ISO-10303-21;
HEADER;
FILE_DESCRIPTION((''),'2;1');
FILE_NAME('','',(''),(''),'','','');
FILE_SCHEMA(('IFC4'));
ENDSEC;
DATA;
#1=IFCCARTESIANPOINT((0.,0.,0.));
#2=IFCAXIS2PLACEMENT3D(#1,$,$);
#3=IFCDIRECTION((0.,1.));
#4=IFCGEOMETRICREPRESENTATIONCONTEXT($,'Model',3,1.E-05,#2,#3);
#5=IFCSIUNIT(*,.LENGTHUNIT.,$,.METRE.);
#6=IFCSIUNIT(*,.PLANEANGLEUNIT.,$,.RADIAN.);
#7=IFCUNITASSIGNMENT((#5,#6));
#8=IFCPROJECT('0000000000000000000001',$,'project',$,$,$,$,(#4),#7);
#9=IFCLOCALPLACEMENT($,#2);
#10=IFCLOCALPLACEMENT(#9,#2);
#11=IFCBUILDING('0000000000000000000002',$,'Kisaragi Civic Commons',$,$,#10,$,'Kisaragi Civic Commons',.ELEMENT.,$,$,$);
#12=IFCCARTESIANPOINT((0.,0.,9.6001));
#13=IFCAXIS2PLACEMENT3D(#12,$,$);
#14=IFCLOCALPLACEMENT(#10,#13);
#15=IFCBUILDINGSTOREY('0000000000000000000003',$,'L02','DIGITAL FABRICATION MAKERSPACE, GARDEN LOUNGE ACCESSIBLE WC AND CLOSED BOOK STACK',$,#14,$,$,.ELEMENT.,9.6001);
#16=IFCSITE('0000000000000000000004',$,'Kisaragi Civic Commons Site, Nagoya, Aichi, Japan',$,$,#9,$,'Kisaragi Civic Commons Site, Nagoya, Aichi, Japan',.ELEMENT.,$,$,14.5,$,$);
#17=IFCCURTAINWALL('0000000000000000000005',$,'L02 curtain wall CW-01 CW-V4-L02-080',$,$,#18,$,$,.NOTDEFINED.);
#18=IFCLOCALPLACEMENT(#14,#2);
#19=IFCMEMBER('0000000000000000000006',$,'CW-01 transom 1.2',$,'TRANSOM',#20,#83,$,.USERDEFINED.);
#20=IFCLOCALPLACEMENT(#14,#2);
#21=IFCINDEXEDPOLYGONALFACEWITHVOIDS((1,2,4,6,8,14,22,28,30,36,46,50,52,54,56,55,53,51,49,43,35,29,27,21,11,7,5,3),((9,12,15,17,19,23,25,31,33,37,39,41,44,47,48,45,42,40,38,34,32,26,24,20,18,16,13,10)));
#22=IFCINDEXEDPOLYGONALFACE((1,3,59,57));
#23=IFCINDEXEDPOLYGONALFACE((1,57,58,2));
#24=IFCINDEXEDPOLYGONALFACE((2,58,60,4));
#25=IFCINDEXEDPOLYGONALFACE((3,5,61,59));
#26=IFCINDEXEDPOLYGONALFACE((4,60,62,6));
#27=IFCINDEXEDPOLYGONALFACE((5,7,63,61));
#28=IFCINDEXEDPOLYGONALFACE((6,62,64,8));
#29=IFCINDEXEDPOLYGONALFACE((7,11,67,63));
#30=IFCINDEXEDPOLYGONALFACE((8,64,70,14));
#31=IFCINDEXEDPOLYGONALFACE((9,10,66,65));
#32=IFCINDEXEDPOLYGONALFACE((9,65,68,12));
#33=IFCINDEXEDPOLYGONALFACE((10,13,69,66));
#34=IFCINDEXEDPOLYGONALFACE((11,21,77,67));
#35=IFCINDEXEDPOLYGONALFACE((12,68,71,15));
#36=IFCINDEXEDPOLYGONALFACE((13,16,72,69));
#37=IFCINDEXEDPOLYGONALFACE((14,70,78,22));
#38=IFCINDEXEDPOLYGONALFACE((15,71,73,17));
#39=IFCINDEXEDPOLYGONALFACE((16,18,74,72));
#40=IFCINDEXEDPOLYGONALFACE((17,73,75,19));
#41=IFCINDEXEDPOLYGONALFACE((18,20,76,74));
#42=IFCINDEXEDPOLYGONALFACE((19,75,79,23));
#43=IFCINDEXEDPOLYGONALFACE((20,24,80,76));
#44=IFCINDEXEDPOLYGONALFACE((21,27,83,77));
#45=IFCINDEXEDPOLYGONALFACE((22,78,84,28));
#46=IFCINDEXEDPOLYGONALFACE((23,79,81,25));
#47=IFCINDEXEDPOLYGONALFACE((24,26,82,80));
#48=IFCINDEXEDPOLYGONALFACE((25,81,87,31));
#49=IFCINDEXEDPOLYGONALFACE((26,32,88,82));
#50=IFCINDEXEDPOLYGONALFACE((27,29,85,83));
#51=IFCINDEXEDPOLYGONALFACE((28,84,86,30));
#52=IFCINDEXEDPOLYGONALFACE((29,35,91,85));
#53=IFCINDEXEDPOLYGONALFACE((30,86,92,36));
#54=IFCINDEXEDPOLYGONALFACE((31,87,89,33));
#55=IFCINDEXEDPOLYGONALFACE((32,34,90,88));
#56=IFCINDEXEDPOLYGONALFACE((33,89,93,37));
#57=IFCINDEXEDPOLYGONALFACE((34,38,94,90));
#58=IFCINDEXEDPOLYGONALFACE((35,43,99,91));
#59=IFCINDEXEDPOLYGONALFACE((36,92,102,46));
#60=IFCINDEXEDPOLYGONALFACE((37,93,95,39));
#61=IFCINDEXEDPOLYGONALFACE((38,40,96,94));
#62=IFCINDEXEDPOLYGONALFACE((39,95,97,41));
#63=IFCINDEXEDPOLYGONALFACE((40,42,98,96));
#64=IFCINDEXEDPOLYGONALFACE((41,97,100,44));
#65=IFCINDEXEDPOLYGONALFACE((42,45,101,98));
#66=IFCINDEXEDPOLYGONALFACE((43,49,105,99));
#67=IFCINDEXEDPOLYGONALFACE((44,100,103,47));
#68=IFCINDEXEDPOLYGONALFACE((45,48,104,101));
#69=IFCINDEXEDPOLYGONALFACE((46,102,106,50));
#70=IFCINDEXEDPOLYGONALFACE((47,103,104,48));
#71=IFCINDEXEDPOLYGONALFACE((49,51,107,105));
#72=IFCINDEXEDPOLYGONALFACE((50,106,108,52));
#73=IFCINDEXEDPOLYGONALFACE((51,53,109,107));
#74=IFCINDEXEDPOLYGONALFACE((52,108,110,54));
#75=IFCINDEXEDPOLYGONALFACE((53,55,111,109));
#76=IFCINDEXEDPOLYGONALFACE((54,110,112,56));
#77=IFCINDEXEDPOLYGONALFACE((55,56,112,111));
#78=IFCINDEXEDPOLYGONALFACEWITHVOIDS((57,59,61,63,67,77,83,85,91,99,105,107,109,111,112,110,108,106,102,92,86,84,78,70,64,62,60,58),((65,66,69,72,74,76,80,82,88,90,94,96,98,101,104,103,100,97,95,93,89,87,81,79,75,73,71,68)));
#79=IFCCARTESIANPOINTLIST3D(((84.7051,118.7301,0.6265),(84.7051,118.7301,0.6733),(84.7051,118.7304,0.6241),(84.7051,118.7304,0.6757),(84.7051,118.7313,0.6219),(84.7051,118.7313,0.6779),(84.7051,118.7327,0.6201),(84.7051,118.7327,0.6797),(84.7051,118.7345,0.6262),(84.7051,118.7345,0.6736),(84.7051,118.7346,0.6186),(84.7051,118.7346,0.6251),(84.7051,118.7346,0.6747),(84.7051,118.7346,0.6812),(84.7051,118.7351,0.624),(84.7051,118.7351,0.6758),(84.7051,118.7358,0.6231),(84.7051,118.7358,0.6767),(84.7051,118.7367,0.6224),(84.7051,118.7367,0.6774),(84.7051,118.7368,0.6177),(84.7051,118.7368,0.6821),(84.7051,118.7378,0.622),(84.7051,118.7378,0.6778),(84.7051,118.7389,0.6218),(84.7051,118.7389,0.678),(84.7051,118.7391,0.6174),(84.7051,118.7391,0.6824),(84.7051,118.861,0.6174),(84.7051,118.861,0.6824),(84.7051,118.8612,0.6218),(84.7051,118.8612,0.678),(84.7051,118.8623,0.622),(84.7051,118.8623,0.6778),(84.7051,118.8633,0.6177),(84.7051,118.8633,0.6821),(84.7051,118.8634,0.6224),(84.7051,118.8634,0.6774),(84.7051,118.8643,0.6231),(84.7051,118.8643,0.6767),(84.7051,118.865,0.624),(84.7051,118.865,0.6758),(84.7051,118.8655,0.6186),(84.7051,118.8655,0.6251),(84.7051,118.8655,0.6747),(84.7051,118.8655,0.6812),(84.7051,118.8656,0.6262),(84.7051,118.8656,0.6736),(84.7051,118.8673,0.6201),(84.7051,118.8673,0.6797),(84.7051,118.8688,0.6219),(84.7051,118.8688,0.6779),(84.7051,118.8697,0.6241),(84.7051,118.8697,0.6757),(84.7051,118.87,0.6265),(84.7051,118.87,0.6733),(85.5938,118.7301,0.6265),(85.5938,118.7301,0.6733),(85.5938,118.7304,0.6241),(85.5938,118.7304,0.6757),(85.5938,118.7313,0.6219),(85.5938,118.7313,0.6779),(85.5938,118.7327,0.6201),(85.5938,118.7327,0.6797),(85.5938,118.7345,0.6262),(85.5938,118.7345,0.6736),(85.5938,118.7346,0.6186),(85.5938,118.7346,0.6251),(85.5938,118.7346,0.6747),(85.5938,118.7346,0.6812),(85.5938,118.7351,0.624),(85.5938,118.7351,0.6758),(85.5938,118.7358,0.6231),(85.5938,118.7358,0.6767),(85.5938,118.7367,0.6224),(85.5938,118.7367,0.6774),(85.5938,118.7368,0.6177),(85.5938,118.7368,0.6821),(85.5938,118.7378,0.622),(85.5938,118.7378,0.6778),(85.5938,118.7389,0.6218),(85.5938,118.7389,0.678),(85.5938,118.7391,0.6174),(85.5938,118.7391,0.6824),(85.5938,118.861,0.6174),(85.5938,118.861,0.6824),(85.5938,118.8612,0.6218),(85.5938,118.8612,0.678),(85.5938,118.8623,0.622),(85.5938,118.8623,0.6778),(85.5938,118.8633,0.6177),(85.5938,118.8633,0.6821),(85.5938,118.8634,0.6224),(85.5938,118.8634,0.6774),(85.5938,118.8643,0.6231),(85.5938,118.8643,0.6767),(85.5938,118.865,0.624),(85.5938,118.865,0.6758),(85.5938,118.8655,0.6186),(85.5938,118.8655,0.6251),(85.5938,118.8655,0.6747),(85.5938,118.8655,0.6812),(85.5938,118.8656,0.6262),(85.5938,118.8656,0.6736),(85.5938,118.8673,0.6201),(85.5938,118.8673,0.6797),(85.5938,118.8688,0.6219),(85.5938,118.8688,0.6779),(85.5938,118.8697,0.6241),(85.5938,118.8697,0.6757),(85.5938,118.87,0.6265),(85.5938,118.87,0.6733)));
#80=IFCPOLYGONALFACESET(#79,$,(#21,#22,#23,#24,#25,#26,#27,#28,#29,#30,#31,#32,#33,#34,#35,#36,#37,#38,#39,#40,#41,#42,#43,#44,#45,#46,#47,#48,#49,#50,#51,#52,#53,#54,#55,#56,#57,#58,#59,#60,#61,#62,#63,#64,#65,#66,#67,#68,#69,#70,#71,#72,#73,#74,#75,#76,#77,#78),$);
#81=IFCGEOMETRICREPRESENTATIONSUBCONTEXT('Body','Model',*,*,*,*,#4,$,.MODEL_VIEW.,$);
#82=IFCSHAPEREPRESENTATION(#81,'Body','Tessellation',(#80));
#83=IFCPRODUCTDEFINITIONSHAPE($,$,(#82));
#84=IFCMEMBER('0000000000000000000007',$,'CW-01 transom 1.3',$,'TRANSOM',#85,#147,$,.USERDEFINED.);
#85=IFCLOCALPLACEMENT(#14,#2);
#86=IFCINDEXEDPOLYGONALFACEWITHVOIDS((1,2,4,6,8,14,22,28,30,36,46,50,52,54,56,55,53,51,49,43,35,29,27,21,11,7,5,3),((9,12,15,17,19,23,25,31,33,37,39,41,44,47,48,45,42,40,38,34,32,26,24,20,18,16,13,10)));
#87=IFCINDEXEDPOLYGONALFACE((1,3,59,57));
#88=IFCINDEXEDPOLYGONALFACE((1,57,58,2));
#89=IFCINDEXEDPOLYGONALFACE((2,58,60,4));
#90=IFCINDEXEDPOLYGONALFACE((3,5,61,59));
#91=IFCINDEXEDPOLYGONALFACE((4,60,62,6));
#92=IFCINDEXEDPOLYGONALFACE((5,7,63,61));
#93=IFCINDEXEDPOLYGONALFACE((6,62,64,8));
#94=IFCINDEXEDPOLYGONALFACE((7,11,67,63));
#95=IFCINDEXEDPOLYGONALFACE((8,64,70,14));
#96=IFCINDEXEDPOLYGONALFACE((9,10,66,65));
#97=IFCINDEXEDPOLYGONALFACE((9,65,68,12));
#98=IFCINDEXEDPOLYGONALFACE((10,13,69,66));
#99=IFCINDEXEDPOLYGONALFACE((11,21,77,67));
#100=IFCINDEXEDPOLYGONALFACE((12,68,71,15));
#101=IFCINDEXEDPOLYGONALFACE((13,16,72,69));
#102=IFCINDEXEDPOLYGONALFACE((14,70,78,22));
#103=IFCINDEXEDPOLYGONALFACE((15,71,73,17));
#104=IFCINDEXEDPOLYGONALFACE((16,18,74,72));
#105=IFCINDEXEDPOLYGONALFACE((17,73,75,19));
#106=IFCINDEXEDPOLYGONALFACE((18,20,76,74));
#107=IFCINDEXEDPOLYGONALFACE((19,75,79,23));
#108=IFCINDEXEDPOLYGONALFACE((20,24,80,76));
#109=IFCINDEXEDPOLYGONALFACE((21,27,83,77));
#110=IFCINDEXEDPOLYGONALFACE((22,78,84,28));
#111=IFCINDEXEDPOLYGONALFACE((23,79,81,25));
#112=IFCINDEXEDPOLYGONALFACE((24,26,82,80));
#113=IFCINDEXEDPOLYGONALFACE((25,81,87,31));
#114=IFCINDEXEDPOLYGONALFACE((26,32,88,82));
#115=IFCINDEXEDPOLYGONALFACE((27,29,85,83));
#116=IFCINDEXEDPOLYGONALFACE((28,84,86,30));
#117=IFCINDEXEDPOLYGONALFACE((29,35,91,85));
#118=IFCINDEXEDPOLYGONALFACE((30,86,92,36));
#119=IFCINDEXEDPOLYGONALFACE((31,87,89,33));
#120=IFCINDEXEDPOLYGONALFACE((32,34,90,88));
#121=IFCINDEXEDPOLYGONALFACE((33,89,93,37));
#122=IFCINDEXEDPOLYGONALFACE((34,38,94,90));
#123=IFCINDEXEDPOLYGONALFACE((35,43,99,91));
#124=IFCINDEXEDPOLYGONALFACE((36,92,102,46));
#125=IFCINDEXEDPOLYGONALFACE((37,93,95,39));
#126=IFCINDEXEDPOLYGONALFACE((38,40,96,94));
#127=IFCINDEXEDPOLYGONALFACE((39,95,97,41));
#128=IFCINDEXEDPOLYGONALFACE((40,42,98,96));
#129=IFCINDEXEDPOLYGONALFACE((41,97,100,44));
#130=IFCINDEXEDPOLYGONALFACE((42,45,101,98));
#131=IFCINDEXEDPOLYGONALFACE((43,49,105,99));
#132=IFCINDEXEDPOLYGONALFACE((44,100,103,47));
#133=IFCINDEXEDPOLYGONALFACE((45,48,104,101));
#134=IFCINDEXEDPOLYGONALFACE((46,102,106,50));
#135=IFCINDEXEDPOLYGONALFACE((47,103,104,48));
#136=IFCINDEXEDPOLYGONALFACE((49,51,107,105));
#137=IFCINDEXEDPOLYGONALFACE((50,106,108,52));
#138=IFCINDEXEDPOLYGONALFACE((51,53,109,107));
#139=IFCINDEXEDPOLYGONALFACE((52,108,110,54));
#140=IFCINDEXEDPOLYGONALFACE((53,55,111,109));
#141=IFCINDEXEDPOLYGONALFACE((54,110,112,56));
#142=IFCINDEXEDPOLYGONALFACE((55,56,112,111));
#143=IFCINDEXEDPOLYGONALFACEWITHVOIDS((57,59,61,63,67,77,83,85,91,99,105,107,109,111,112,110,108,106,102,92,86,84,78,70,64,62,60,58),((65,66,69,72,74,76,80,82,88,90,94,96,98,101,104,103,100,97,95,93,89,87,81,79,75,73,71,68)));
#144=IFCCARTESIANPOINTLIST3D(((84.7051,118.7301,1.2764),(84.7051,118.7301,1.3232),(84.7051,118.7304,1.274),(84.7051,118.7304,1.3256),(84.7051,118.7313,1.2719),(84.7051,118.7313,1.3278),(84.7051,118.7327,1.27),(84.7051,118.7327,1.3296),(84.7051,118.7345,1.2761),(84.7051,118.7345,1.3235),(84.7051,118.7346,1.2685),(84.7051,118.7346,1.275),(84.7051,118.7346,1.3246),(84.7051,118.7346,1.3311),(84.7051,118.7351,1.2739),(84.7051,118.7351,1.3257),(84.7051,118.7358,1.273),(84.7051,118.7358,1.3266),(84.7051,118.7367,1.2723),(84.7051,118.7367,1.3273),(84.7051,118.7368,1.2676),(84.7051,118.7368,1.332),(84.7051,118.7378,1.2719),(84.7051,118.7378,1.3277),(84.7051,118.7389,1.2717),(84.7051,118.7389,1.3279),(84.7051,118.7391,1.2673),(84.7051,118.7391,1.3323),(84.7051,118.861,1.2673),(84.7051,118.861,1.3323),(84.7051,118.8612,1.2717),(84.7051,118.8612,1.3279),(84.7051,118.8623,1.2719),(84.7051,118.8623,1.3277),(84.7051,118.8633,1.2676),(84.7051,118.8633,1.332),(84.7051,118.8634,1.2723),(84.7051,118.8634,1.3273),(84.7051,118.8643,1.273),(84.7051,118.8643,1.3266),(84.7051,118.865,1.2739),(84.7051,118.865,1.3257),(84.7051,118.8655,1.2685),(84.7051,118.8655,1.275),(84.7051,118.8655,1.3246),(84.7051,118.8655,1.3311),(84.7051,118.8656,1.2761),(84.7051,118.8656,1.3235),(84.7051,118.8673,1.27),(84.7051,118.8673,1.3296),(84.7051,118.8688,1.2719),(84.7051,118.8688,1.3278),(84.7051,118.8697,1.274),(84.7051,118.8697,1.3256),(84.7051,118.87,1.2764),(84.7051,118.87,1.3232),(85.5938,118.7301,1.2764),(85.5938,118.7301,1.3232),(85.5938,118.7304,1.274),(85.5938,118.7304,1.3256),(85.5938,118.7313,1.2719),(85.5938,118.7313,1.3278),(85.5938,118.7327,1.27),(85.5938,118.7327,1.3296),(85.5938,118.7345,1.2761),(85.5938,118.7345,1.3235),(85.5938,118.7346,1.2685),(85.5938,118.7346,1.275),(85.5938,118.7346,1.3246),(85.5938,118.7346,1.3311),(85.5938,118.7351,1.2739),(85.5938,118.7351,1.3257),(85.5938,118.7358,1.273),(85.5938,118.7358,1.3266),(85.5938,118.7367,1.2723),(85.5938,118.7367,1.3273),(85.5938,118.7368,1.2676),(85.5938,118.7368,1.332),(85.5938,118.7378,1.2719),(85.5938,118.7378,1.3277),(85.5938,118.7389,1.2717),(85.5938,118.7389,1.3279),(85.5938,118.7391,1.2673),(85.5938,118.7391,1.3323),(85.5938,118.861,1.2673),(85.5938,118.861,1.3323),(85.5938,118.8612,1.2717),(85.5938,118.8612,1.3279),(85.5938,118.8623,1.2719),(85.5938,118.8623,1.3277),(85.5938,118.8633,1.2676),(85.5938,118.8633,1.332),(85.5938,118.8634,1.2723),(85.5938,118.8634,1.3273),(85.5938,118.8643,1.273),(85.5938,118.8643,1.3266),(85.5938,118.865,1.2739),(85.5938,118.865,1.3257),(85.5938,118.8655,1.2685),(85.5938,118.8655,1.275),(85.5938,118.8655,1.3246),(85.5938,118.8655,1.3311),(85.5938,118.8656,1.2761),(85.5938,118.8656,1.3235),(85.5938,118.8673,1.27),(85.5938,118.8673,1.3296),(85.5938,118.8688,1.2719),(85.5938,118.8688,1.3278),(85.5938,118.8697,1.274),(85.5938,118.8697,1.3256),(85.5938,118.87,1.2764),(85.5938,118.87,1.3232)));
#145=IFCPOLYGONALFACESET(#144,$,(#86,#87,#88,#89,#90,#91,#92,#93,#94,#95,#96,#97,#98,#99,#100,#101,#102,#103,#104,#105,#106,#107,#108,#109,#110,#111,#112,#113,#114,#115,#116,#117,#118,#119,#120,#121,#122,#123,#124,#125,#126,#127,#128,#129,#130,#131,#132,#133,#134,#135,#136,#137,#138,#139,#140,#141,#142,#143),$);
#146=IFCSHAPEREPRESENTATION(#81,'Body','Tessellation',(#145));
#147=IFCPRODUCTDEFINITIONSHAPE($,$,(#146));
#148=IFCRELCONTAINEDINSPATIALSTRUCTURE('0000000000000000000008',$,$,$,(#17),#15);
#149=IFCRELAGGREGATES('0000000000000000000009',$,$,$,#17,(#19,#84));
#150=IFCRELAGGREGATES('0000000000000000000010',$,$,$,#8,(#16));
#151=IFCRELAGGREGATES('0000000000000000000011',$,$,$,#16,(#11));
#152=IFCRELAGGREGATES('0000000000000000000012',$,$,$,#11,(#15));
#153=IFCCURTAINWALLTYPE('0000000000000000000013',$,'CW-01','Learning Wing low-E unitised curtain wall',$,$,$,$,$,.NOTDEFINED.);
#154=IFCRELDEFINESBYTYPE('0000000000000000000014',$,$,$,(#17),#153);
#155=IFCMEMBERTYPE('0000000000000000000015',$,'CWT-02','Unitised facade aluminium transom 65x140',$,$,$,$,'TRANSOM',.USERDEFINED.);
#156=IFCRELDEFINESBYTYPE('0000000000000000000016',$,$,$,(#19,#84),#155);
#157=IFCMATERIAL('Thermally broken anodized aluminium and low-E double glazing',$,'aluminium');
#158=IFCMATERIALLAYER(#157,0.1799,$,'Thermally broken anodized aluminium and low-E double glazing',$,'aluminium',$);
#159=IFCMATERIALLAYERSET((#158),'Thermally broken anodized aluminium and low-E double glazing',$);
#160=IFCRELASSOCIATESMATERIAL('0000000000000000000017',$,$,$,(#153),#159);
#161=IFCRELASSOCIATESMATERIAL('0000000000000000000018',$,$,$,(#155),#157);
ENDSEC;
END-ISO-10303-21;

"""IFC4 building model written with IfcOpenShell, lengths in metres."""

from ifc_helpers import new_model, si_unit, direction, frame, origin, origin_2d, place, context, subcontext, project, spatial, hollow_rectangle, extrude, material, layer, layer_set, material_profile, profile_set, type_object, element, aggregate, save


model = new_model("IFC4")

# Units and contexts
model_context = context("Model", 3, precision=1e-05, world=origin(), true_north=direction((0.0, 1.0)))
body_context = subcontext(model_context, "Body", "Model", "MODEL_VIEW")
ifc_project = project(units=[si_unit("LENGTHUNIT", "METRE"), si_unit("PLANEANGLEUNIT", "RADIAN")], contexts=[model_context])

# Site, building, storey
site_placement = place(None, origin())
site = spatial("IfcSite", under=ifc_project, at=site_placement, Name="Kisaragi Civic Commons Site, Nagoya, Aichi, Japan", LongName="Kisaragi Civic Commons Site, Nagoya, Aichi, Japan", CompositionType="ELEMENT", RefElevation=14.5)
building_placement = place(site_placement, origin())
building = spatial("IfcBuilding", under=site, at=building_placement, Name="Kisaragi Civic Commons", LongName="Kisaragi Civic Commons", CompositionType="ELEMENT")
storey_placement = place(building_placement, frame((0.0, 0.0, 9.6001)))
storey = spatial("IfcBuildingStorey", under=building, at=storey_placement, Name="L02", Description="DIGITAL FABRICATION MAKERSPACE, GARDEN LOUNGE ACCESSIBLE WC AND CLOSED BOOK STACK", CompositionType="ELEMENT", Elevation=9.6001)

# Shared definitions
ifc_material_1 = material(Name="Thermally broken anodized aluminium and low-E double glazing", Category="aluminium")
ifc_layer_1 = layer(ifc_material_1, 0.1799, Name="Thermally broken anodized aluminium and low-E double glazing", Category="aluminium")
ifc_layer_set_1 = layer_set([ifc_layer_1], Name="Thermally broken anodized aluminium and low-E double glazing")
curtain_wall_type = type_object("IfcCurtainWallType", Name="CW-01", Description="Learning Wing low-E unitised curtain wall", PredefinedType="NOTDEFINED", material=ifc_layer_set_1)

# Curtain wall
curtain_wall_1_placement = place(storey_placement, origin())
curtain_wall_1 = element("IfcCurtainWall", 1, at=curtain_wall_1_placement, inside=storey, type_object=curtain_wall_type, Name="L02 curtain wall CW-01 CW-V4-L02-080", PredefinedType="NOTDEFINED")

# Members
ifc_material_profile_1 = material_profile(ifc_material_1, hollow_rectangle(XDim=0.1399, YDim=0.0649, WallThickness=0.0044, InnerFilletRadius=0.0044, OuterFilletRadius=0.009, at=origin_2d()), Name="CWT-65x140x4.5", Category="aluminium")
ifc_profile_set_1 = profile_set([ifc_material_profile_1], Name="Thermally broken anodized aluminium and low-E double glazing")
member_type_1 = type_object("IfcMemberType", Name="CWT-02", Description="Unitised facade aluminium transom 65x140", ElementType="TRANSOM", PredefinedType="USERDEFINED", material=ifc_profile_set_1)
member_1_placement = place(storey_placement, frame((84.7051, 118.8, 0.6499), z_axis=(1.0, 0.0, 0.0), x_axis=(0.0, 1.0, 0.0)))
member_1 = element("IfcMember", 2, at=member_1_placement, type_object=member_type_1, Name="CW-01 transom 1.2", ObjectType="TRANSOM", PredefinedType="USERDEFINED", context=body_context, shape_type="SweptSolid", body=[
    extrude(hollow_rectangle(XDim=0.1399, YDim=0.0649, WallThickness=0.0044, InnerFilletRadius=0.0044, OuterFilletRadius=0.009, at=origin_2d()), origin(), (0.0, 0.0, 1.0), 0.8887),
])
member_2_placement = place(storey_placement, frame((84.7051, 118.8, 1.2998), z_axis=(1.0, 0.0, 0.0), x_axis=(0.0, 1.0, 0.0)))
member_2 = element("IfcMember", 3, at=member_2_placement, type_object=member_type_1, Name="CW-01 transom 1.3", ObjectType="TRANSOM", PredefinedType="USERDEFINED", context=body_context, shape_type="SweptSolid", body=[
    extrude(hollow_rectangle(XDim=0.1399, YDim=0.0649, WallThickness=0.0044, InnerFilletRadius=0.0044, OuterFilletRadius=0.009, at=origin_2d()), origin(), (0.0, 0.0, 1.0), 0.8887),
])

aggregate(curtain_wall_1, [member_1, member_2])

save(model, "model.ifc")
